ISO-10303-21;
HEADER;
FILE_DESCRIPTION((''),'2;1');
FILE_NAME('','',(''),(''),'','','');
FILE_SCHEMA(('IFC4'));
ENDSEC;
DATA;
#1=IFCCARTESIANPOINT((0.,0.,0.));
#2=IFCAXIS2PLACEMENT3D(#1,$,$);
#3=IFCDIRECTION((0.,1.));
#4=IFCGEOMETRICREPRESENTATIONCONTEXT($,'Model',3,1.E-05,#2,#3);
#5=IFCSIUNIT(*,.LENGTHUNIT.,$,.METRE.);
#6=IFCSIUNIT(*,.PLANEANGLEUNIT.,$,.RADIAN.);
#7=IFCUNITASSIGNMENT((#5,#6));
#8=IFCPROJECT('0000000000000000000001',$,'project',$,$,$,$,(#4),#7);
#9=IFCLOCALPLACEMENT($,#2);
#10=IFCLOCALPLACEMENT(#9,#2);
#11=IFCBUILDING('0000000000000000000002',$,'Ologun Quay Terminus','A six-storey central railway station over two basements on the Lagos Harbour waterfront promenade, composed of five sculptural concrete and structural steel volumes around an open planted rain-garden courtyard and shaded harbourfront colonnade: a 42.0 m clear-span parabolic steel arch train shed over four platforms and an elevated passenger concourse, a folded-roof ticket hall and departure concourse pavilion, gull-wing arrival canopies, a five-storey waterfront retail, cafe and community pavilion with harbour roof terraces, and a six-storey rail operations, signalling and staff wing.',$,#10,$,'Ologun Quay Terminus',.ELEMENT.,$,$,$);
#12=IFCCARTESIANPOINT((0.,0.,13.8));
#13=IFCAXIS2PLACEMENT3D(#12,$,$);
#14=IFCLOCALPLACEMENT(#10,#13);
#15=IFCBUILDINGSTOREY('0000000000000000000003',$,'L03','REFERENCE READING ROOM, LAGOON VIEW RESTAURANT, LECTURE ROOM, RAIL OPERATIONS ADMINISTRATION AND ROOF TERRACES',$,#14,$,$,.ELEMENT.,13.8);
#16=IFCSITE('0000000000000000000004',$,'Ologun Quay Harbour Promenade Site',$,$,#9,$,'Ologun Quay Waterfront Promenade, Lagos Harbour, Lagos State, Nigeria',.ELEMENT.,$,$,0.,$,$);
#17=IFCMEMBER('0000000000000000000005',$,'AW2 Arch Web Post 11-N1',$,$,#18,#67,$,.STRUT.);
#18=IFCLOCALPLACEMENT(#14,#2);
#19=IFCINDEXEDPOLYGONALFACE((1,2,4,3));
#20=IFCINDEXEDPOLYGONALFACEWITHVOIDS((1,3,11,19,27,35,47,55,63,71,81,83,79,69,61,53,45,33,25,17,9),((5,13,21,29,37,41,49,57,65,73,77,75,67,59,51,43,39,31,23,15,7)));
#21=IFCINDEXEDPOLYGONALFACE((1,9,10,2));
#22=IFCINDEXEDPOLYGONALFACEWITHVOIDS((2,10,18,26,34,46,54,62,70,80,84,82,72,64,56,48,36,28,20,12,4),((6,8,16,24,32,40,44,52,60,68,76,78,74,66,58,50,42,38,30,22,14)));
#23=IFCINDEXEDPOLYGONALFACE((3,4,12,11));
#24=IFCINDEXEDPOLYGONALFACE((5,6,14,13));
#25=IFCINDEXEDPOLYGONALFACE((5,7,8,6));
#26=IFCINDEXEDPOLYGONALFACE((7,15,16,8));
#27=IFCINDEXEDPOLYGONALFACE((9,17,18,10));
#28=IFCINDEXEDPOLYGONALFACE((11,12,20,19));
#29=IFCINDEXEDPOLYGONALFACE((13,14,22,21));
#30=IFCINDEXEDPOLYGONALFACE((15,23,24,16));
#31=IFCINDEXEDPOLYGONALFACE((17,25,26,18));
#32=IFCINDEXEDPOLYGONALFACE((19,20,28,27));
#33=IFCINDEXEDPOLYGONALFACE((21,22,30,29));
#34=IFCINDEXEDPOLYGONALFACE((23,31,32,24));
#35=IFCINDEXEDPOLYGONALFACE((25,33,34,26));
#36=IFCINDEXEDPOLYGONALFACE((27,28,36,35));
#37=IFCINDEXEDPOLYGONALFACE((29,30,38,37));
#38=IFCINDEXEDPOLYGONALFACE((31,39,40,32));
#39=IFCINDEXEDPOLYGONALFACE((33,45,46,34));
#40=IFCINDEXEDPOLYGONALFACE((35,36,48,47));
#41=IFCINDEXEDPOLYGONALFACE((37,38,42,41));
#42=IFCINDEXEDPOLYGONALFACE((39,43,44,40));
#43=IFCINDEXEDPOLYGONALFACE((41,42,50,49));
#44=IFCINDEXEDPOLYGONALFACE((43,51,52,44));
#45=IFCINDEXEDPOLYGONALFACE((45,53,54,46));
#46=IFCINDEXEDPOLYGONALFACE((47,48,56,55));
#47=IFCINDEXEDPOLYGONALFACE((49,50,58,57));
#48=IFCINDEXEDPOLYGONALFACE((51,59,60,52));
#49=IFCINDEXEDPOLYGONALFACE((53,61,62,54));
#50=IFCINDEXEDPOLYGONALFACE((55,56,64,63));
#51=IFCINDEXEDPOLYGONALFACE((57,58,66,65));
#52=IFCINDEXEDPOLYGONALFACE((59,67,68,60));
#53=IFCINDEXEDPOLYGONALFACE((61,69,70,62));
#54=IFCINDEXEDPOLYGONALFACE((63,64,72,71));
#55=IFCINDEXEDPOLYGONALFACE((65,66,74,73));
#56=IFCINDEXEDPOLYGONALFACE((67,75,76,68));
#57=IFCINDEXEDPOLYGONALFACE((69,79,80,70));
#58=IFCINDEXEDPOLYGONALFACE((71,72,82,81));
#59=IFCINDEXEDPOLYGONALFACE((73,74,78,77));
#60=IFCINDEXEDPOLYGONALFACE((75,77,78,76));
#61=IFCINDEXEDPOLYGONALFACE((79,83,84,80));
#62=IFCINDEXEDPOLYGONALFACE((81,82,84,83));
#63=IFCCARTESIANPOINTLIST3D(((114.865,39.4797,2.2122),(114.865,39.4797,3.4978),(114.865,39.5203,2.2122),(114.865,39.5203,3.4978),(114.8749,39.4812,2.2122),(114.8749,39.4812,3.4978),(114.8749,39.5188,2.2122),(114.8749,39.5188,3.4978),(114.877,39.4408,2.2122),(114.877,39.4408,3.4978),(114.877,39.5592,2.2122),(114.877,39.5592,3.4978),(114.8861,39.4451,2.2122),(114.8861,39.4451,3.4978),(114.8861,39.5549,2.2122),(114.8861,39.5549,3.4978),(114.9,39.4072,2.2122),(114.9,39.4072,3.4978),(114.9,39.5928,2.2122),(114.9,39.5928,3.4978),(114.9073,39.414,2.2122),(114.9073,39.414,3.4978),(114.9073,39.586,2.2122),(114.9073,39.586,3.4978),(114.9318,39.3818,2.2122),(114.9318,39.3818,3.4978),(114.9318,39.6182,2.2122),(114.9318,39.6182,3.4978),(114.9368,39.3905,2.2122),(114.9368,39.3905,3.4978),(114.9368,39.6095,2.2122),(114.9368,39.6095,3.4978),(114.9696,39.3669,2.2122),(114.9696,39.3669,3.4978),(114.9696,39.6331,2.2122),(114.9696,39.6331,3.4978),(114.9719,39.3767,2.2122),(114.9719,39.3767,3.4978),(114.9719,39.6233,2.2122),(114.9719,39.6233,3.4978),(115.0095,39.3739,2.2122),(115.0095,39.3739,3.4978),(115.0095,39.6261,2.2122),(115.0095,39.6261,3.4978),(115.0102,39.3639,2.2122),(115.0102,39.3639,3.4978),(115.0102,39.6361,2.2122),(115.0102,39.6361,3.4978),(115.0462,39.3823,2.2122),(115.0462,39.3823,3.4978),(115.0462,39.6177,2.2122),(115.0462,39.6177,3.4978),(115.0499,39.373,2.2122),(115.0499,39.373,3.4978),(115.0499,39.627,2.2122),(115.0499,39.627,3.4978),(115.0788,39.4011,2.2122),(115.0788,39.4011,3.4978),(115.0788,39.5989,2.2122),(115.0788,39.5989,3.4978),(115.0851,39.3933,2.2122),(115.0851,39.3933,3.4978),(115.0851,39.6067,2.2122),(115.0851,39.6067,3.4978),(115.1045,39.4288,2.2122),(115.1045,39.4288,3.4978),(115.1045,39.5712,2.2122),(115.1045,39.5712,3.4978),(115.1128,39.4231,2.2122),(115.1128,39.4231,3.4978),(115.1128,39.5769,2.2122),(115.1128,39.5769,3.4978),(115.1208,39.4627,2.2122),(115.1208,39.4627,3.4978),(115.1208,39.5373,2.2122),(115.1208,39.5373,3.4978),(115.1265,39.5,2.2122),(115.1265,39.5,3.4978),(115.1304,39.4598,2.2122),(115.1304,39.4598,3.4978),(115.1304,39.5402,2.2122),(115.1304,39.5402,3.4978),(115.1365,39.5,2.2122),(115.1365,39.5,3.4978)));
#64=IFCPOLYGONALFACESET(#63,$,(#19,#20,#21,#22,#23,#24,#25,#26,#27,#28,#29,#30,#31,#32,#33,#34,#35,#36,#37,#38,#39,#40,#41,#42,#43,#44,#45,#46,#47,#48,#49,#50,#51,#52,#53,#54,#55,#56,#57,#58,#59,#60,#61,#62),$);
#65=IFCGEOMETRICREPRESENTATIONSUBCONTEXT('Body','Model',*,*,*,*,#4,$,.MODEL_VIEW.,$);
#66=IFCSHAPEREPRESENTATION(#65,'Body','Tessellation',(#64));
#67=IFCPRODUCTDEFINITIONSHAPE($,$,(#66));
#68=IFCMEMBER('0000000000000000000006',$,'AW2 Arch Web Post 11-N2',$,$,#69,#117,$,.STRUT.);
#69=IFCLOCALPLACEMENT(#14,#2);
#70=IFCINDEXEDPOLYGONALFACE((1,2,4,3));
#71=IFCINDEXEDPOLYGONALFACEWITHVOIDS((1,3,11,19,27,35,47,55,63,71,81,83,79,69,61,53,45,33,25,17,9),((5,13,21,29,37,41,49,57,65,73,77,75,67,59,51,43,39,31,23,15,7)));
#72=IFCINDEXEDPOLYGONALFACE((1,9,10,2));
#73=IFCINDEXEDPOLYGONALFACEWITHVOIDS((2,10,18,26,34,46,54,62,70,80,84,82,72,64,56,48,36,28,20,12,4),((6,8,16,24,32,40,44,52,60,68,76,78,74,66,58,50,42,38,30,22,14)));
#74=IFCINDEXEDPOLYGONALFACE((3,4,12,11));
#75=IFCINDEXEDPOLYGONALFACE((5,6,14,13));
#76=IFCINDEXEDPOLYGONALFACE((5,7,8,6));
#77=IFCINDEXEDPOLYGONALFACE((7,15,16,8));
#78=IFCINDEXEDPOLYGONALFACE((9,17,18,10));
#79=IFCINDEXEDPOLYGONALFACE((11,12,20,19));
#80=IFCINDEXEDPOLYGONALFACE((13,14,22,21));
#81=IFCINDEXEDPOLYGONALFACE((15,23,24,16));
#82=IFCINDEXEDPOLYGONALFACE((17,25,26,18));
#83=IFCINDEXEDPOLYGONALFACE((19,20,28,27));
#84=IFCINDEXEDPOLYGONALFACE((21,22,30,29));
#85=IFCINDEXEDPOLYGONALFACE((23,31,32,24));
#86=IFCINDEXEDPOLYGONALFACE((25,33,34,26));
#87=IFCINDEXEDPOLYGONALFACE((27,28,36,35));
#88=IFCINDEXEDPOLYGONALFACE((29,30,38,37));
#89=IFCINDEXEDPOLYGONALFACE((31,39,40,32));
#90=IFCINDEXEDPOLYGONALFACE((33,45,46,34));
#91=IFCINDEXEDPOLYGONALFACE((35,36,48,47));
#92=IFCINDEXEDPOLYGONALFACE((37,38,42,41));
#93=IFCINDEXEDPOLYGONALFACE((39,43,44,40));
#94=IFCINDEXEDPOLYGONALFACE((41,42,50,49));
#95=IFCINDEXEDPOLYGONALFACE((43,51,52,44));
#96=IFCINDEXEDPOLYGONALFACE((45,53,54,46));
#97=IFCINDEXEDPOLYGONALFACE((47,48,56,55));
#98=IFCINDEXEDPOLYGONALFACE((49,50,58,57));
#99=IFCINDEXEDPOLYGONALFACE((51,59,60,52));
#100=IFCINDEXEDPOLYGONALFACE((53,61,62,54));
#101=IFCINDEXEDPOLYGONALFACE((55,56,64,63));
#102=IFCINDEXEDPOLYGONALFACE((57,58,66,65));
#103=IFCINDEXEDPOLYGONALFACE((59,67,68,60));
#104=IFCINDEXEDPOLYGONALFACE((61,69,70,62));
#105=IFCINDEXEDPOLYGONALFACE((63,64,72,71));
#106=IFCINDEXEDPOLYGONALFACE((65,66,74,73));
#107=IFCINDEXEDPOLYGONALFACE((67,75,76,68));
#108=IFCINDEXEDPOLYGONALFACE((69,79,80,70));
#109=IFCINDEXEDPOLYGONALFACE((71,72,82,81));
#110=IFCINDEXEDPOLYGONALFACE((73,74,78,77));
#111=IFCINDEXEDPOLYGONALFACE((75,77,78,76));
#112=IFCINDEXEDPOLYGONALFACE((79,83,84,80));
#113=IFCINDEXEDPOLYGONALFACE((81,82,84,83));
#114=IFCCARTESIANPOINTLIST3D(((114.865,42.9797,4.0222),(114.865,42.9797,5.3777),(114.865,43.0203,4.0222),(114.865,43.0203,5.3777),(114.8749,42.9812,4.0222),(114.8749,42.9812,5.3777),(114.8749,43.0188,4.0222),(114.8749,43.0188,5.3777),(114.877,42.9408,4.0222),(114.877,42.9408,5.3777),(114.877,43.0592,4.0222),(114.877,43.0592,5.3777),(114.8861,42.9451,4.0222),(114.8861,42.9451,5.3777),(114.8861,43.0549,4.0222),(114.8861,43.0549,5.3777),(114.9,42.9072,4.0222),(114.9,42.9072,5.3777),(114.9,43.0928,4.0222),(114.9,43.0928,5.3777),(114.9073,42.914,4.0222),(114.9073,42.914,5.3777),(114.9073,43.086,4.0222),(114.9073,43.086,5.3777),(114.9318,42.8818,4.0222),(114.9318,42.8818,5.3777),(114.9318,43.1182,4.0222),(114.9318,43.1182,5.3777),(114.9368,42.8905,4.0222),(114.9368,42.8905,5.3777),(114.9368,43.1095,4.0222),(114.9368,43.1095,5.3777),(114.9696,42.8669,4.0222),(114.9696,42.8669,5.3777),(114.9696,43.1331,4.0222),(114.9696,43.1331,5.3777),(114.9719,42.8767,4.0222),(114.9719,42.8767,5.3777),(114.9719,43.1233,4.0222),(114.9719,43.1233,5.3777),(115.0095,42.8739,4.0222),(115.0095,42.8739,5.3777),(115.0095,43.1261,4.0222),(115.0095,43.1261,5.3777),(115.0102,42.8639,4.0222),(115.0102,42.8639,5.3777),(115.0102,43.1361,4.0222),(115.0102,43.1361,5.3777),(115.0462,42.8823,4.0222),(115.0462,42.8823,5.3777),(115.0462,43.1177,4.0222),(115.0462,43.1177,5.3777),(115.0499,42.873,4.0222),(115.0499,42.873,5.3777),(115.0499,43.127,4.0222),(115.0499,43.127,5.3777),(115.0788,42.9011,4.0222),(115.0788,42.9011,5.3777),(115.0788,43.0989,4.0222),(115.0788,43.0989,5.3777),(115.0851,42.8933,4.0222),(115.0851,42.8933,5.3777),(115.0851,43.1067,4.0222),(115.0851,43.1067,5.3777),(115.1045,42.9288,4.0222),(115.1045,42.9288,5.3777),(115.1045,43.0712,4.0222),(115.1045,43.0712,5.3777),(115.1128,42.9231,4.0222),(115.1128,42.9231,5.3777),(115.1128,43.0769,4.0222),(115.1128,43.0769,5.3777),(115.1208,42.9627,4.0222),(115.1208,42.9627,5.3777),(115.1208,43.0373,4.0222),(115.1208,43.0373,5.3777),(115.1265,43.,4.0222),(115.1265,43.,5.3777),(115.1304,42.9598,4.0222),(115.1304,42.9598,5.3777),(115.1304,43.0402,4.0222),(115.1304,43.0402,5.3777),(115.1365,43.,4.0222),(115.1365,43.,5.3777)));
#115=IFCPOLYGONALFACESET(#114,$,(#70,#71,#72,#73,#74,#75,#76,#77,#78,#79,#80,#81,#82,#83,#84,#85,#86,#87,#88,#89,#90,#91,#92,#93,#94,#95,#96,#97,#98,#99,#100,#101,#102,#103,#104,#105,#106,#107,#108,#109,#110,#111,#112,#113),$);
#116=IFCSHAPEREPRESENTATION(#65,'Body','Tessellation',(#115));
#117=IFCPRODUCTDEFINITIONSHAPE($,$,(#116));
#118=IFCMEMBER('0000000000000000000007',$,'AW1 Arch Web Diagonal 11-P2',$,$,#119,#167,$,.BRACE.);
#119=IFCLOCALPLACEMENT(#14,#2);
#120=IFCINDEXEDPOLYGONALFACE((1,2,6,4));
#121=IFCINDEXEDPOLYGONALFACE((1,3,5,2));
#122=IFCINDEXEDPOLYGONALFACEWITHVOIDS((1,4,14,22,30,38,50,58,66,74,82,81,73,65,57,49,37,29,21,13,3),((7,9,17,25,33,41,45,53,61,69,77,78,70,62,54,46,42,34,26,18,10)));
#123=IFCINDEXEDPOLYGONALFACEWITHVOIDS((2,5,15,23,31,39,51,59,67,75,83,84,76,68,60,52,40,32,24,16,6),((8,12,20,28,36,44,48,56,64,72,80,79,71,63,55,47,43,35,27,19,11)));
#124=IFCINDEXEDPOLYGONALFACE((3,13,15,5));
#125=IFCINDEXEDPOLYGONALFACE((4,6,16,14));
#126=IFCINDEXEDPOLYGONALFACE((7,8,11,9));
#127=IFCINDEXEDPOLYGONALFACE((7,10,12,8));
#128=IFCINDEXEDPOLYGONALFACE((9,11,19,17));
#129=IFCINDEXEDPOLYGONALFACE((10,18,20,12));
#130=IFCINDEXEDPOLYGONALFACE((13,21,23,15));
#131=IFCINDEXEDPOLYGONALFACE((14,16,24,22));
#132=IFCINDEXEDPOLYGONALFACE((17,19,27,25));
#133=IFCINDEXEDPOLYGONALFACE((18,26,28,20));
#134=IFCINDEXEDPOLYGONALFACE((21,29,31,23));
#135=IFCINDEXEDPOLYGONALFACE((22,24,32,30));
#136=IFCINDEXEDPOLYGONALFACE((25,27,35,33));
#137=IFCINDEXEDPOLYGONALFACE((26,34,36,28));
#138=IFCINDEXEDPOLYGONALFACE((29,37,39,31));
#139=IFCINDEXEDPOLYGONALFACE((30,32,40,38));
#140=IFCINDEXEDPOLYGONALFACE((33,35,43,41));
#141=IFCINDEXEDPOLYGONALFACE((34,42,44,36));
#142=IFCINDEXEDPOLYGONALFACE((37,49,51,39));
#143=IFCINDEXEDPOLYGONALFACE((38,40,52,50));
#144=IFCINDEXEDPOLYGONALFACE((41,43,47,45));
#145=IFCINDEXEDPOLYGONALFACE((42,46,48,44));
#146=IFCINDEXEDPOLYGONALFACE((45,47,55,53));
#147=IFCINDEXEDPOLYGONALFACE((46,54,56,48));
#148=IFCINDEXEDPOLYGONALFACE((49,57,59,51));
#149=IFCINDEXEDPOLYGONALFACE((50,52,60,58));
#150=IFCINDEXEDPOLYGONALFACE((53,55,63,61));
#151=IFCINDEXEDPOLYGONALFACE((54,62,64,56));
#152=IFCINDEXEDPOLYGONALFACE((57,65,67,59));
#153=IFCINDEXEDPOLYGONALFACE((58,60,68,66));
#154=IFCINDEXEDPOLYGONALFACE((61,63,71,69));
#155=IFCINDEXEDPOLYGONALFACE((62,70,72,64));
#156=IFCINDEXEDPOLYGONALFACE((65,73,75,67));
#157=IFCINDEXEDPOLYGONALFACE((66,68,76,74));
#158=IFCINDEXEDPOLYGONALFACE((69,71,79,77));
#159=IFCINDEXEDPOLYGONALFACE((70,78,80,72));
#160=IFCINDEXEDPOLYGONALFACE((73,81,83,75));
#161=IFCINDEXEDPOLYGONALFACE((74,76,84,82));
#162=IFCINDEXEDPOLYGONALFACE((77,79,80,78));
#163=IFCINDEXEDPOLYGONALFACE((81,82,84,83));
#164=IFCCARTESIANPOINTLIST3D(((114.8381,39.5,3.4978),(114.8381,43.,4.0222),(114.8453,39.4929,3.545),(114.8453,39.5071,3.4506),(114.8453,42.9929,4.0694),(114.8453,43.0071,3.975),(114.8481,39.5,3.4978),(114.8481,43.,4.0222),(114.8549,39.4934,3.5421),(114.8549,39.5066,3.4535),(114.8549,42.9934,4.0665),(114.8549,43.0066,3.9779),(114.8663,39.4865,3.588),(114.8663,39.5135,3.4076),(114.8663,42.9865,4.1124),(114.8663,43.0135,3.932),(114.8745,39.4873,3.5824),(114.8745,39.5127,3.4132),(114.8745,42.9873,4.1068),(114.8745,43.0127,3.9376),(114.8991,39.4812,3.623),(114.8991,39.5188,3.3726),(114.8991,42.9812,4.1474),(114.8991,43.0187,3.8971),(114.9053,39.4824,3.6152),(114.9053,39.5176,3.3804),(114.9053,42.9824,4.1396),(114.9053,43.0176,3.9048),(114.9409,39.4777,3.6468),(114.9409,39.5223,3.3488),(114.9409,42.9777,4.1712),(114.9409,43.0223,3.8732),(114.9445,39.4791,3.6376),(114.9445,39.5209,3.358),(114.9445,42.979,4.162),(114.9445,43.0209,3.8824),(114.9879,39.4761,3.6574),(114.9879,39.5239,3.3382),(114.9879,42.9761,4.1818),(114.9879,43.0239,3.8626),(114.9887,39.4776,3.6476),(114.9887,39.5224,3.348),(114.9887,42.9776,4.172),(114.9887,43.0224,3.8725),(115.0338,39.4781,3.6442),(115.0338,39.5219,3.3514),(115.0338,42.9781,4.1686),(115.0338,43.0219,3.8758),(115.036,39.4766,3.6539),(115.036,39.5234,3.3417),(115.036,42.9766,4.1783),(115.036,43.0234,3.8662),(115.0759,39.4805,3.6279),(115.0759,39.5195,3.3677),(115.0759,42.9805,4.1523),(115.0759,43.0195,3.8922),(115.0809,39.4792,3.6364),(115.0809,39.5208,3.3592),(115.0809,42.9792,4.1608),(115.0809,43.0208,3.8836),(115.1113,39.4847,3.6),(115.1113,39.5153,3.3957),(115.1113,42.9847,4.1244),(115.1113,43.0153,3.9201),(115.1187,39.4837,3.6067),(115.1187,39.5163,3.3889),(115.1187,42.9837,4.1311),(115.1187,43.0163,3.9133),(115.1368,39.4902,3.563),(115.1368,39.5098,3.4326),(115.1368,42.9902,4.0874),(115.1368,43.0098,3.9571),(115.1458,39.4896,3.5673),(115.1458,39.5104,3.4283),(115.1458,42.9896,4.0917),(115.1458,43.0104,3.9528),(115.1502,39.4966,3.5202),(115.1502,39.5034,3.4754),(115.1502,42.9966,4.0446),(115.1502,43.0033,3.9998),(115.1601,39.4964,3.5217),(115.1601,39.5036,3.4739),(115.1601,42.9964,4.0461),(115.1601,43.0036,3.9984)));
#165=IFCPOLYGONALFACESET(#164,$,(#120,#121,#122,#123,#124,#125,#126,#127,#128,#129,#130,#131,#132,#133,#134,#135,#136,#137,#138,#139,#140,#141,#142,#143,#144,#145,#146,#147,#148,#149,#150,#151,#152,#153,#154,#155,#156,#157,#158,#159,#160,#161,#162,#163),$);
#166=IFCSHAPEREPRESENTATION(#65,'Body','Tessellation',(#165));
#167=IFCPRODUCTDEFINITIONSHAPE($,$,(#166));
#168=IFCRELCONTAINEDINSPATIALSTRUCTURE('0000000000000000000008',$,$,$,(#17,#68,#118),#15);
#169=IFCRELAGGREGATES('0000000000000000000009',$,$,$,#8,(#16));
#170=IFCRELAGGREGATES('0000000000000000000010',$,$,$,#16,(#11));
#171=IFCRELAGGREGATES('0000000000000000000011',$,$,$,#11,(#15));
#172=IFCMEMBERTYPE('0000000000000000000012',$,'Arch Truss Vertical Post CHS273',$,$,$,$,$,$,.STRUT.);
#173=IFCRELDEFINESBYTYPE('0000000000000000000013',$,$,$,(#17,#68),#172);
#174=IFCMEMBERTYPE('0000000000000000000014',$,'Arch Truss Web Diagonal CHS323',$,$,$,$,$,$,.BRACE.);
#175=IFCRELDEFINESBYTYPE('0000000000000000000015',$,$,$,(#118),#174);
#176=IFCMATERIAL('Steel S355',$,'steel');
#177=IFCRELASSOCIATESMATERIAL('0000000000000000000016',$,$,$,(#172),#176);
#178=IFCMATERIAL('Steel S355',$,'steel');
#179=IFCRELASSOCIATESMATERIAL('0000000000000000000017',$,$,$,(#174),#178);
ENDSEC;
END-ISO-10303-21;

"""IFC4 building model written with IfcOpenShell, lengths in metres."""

from ifc_helpers import new_model, si_unit, direction, frame, origin, origin_2d, place, context, subcontext, project, spatial, hollow_circle, extrude, material, material_profile, profile_set, type_object, element, save


model = new_model("IFC4")

# Units and contexts
model_context = context("Model", 3, precision=1e-05, world=origin(), true_north=direction((0.0, 1.0)))
body_context = subcontext(model_context, "Body", "Model", "MODEL_VIEW")
ifc_project = project(units=[si_unit("LENGTHUNIT", "METRE"), si_unit("PLANEANGLEUNIT", "RADIAN")], contexts=[model_context])

# Site, building, storey
site_placement = place(None, origin())
site = spatial("IfcSite", under=ifc_project, at=site_placement, Name="Ologun Quay Harbour Promenade Site", LongName="Ologun Quay Waterfront Promenade, Lagos Harbour, Lagos State, Nigeria", CompositionType="ELEMENT", RefElevation=0.0)
building_placement = place(site_placement, origin())
building = spatial("IfcBuilding", under=site, at=building_placement, Name="Ologun Quay Terminus", Description="A six-storey central railway station over two basements on the Lagos Harbour waterfront promenade, composed of five sculptural concrete and structural steel volumes around an open planted rain-garden courtyard and shaded harbourfront colonnade: a 42.0 m clear-span parabolic steel arch train shed over four platforms and an elevated passenger concourse, a folded-roof ticket hall and departure concourse pavilion, gull-wing arrival canopies, a five-storey waterfront retail, cafe and community pavilion with harbour roof terraces, and a six-storey rail operations, signalling and staff wing.", LongName="Ologun Quay Terminus", CompositionType="ELEMENT")
storey_placement = place(building_placement, frame((0.0, 0.0, 13.8)))
storey = spatial("IfcBuildingStorey", under=building, at=storey_placement, Name="L03", Description="REFERENCE READING ROOM, LAGOON VIEW RESTAURANT, LECTURE ROOM, RAIL OPERATIONS ADMINISTRATION AND ROOF TERRACES", CompositionType="ELEMENT", Elevation=13.8)

# Members
ifc_material_1 = material(Name="Steel S355", Category="steel")
ifc_material_profile_1 = material_profile(ifc_material_1, hollow_circle(Radius=0.1365, WallThickness=0.01, at=origin_2d()), Name="CHS 273x10")
ifc_profile_set_1 = profile_set([ifc_material_profile_1], Name="Steel S355")
member_type_1 = type_object("IfcMemberType", Name="Arch Truss Vertical Post CHS273", PredefinedType="STRUT", material=ifc_profile_set_1)
member_1_placement = place(storey_placement, frame((115.0, 39.5, 2.2122), z_axis=(0.0, 0.0, 1.0), x_axis=(1.0, 0.0, 0.0)))
element("IfcMember", 1, at=member_1_placement, inside=storey, type_object=member_type_1, Name="AW2 Arch Web Post 11-N1", PredefinedType="STRUT", context=body_context, shape_type="SweptSolid", body=[
    extrude(hollow_circle(Radius=0.1365, WallThickness=0.01, at=origin_2d()), origin(), (0.0, 0.0, 1.0), 1.2856),
])
member_2_placement = place(storey_placement, frame((115.0, 43.0, 4.0222), z_axis=(0.0, 0.0, 1.0), x_axis=(1.0, 0.0, 0.0)))
element("IfcMember", 2, at=member_2_placement, inside=storey, type_object=member_type_1, Name="AW2 Arch Web Post 11-N2", PredefinedType="STRUT", context=body_context, shape_type="SweptSolid", body=[
    extrude(hollow_circle(Radius=0.1365, WallThickness=0.01, at=origin_2d()), origin(), (0.0, 0.0, 1.0), 1.3555),
])
ifc_material_2 = material(Name="Steel S355", Category="steel")
ifc_material_profile_2 = material_profile(ifc_material_2, hollow_circle(Radius=0.1619, WallThickness=0.01, at=origin_2d()), Name="CHS 323.9x10")
ifc_profile_set_2 = profile_set([ifc_material_profile_2], Name="Steel S355")
member_type_2 = type_object("IfcMemberType", Name="Arch Truss Web Diagonal CHS323", PredefinedType="BRACE", material=ifc_profile_set_2)
member_3_placement = place(storey_placement, frame((115.0, 39.5, 3.4978), z_axis=(0.0, 0.988961, 0.148179), x_axis=(-1.0, 0.0, 0.0)))
element("IfcMember", 3, at=member_3_placement, inside=storey, type_object=member_type_2, Name="AW1 Arch Web Diagonal 11-P2", PredefinedType="BRACE", context=body_context, shape_type="SweptSolid", body=[
    extrude(hollow_circle(Radius=0.1619, WallThickness=0.01, at=origin_2d()), origin(), (0.0, 0.0, 1.0), 3.5391),
])

save(model, "model.ifc")
